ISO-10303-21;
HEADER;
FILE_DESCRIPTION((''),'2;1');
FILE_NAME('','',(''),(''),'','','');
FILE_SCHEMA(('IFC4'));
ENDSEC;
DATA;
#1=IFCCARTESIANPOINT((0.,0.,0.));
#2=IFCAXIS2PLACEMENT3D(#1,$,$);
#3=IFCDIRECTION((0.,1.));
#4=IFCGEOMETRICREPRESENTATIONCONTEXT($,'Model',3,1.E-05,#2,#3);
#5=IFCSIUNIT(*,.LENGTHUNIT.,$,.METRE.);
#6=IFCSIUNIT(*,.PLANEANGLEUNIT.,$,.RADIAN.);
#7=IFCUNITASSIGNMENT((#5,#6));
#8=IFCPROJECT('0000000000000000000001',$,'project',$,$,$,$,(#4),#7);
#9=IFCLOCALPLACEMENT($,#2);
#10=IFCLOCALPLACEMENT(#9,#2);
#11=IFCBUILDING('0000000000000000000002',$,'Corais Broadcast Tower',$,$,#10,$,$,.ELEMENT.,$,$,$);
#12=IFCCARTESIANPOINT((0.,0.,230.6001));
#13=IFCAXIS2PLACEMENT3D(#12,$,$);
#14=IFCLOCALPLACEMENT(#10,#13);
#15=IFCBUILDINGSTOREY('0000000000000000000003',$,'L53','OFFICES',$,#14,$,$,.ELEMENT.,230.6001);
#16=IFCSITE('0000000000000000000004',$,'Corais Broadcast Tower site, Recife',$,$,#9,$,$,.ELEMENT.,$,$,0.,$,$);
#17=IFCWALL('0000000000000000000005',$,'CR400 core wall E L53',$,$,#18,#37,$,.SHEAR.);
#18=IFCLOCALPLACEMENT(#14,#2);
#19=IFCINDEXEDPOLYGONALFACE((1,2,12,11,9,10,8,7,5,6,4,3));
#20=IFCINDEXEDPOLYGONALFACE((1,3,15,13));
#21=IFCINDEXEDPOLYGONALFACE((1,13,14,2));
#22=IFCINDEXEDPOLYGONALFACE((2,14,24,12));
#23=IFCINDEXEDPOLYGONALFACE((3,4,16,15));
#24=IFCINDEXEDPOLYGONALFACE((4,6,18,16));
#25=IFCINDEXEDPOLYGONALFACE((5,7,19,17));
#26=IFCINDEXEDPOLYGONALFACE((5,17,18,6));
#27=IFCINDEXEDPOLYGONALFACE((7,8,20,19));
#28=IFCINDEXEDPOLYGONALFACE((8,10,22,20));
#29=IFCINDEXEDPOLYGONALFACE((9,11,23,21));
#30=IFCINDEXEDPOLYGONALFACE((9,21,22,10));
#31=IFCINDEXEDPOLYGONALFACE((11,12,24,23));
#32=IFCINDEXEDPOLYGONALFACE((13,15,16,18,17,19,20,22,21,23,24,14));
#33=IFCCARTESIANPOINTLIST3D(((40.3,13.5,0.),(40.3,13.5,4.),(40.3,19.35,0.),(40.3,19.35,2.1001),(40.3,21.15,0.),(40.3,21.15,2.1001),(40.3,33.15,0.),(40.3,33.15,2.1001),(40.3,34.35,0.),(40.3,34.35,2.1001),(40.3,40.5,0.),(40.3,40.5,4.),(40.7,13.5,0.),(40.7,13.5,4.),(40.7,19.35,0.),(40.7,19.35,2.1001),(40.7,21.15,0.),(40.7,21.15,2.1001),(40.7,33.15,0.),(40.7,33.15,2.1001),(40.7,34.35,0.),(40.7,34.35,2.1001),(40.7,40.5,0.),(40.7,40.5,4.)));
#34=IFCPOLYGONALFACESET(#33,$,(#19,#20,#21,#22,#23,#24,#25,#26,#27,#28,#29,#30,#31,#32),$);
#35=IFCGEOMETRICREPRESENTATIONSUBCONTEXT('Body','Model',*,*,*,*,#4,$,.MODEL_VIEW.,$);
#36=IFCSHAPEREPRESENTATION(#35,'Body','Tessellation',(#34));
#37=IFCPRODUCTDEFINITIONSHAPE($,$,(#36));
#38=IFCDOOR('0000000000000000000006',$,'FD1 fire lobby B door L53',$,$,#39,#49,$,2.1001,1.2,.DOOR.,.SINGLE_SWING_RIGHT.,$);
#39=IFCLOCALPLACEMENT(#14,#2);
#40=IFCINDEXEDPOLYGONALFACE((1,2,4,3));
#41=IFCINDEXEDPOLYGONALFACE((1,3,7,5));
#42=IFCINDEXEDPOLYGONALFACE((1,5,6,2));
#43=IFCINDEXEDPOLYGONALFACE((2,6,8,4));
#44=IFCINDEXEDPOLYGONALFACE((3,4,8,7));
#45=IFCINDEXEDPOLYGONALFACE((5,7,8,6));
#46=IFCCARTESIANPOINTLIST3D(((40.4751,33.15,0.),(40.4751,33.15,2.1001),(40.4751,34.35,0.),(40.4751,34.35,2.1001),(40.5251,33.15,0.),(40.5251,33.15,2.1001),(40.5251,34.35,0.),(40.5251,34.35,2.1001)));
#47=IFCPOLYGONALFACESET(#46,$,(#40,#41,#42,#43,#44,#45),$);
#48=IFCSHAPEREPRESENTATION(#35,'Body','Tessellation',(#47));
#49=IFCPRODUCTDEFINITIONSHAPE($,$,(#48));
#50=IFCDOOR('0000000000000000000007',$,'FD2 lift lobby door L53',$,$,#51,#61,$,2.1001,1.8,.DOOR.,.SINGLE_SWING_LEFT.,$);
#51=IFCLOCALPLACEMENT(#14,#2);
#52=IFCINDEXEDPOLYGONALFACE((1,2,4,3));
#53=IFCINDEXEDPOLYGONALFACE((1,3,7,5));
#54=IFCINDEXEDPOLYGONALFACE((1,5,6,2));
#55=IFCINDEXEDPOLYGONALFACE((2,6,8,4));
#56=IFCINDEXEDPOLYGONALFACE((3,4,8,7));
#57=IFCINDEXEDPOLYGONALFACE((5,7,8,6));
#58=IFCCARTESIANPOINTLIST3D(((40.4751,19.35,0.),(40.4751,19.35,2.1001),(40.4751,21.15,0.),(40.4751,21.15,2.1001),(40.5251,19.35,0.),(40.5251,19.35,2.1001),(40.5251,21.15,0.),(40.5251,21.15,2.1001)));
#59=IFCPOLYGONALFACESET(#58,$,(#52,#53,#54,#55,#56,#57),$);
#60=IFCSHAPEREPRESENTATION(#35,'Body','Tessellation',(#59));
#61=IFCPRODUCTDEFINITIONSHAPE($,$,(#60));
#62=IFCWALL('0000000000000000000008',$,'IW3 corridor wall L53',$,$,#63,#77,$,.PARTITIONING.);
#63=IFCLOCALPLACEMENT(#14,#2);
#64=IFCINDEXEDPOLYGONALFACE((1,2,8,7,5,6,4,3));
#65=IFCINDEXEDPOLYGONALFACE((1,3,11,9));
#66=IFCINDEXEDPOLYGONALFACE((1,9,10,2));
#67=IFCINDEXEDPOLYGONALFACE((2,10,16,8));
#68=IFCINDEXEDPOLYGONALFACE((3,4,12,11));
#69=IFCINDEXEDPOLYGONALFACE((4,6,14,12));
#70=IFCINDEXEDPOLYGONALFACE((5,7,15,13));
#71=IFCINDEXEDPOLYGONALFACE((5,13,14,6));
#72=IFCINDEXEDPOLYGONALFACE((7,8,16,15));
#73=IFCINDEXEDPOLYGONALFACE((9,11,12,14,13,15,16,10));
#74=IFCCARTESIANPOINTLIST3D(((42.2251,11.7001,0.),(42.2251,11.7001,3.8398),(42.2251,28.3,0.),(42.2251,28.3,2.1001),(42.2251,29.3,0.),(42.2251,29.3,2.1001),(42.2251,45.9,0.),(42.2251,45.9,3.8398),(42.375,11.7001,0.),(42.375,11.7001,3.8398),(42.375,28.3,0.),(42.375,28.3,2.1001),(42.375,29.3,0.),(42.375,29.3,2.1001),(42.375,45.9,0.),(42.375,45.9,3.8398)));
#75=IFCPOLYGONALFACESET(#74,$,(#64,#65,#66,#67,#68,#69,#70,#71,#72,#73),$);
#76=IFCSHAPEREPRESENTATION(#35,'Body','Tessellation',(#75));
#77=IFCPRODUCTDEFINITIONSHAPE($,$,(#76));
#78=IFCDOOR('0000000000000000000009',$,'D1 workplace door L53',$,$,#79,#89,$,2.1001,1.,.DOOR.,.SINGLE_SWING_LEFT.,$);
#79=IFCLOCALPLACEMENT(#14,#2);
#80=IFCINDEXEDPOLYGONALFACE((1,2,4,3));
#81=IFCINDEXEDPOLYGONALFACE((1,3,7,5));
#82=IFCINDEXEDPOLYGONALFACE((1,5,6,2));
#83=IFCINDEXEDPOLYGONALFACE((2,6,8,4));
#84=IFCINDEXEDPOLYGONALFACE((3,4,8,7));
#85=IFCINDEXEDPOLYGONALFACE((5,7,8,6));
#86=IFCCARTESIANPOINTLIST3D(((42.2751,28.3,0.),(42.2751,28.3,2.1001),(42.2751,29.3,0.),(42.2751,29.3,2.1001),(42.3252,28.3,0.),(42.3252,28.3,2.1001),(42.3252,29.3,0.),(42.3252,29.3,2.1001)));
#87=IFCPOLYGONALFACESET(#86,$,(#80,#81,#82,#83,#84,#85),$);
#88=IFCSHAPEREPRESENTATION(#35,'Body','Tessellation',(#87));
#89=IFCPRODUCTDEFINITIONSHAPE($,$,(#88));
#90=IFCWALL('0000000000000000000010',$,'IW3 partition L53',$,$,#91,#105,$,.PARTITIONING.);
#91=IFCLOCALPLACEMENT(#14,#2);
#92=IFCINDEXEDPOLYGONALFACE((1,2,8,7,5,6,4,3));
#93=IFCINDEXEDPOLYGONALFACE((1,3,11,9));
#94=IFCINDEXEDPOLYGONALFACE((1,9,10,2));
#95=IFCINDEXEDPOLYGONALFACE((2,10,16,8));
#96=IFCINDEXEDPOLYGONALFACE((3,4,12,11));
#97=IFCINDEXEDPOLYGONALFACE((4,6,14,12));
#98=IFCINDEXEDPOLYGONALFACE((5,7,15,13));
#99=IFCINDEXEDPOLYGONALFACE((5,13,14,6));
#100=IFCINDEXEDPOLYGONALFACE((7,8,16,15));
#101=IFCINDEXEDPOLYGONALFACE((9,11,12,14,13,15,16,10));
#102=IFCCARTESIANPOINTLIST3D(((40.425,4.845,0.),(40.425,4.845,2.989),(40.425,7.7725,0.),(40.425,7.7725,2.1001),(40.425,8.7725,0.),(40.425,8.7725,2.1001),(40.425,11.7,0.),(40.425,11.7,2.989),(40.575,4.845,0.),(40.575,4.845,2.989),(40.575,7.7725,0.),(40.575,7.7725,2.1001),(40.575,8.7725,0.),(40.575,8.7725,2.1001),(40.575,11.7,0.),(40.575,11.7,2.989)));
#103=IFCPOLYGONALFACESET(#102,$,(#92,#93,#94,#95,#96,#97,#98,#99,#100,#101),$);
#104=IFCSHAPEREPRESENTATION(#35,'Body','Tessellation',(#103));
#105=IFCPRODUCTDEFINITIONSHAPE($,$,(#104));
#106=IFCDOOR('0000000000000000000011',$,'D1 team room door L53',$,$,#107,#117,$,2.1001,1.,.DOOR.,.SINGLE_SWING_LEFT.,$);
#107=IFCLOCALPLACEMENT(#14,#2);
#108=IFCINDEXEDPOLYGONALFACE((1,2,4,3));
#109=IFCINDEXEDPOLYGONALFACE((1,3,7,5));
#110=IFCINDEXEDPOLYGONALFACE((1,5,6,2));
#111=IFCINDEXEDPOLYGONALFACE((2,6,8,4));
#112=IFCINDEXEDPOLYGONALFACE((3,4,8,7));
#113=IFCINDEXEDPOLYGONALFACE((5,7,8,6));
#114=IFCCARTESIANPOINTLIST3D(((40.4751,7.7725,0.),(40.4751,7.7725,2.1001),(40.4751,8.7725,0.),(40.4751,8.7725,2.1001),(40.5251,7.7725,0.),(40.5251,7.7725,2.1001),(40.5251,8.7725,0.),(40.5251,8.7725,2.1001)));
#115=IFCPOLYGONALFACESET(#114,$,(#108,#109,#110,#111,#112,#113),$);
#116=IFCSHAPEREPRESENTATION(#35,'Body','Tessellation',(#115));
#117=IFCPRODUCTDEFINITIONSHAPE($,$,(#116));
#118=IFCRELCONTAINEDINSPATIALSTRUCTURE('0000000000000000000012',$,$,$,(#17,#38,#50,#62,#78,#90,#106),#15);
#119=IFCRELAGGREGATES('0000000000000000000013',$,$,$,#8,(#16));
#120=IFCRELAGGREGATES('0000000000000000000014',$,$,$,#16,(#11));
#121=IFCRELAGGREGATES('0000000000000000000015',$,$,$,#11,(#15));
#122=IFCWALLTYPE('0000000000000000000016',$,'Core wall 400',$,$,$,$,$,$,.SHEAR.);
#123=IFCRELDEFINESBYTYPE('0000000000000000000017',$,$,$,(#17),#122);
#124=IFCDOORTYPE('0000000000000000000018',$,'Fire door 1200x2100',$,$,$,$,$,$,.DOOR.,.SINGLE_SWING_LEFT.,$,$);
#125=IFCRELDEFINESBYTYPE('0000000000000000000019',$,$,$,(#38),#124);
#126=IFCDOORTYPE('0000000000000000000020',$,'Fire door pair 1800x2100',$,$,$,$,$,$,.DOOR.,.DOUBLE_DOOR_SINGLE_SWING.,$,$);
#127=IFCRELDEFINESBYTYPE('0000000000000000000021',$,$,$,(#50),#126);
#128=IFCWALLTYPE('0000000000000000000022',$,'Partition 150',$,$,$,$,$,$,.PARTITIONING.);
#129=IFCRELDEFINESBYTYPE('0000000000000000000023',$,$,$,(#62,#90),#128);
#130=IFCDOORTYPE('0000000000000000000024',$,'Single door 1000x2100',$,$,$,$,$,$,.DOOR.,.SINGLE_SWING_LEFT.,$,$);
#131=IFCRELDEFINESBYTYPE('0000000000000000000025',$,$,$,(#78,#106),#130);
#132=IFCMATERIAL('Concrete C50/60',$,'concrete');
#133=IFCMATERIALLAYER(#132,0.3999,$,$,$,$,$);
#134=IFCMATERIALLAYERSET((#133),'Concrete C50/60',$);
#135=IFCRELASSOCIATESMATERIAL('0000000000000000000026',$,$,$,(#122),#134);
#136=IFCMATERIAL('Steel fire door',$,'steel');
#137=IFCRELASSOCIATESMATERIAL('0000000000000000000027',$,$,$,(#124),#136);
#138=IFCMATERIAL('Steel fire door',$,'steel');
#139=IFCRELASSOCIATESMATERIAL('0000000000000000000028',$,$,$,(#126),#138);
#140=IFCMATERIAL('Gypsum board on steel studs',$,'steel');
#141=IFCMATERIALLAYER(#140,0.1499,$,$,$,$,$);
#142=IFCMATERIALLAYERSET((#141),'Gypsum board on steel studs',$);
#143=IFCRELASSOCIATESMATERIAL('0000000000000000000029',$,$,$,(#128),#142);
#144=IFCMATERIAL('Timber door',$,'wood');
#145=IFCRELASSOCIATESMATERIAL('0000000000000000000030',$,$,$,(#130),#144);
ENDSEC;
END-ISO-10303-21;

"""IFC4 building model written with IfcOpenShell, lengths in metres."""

from ifc_helpers import new_model, si_unit, direction, frame, frame_2d, origin, place, context, subcontext, project, spatial, rectangle, extrude, material, layer, layer_set, type_object, element, fill, save


model = new_model("IFC4")

# Units and contexts
model_context = context("Model", 3, precision=1e-05, world=origin(), true_north=direction((0.0, 1.0)))
body_context = subcontext(model_context, "Body", "Model", "MODEL_VIEW")
ifc_project = project(units=[si_unit("LENGTHUNIT", "METRE"), si_unit("PLANEANGLEUNIT", "RADIAN")], contexts=[model_context])

# Site, building, storey
site_placement = place(None, origin())
site = spatial("IfcSite", under=ifc_project, at=site_placement, Name="Corais Broadcast Tower site, Recife", CompositionType="ELEMENT", RefElevation=0.0)
building_placement = place(site_placement, origin())
building = spatial("IfcBuilding", under=site, at=building_placement, Name="Corais Broadcast Tower", CompositionType="ELEMENT")
storey_placement = place(building_placement, frame((0.0, 0.0, 230.6001)))
storey = spatial("IfcBuildingStorey", under=building, at=storey_placement, Name="L53", Description="OFFICES", CompositionType="ELEMENT", Elevation=230.6001)

# Wall, openings, doors
ifc_material_1 = material(Name="Concrete C50/60", Category="concrete")
ifc_layer_1 = layer(ifc_material_1, 0.3999)
ifc_layer_set_1 = layer_set([ifc_layer_1], Name="Concrete C50/60")
wall_type_1 = type_object("IfcWallType", Name="Core wall 400", PredefinedType="SHEAR", material=ifc_layer_set_1)
wall_1_placement = place(storey_placement, frame((40.5, 13.5, 0.0), z_axis=(0.0, 0.0, 1.0), x_axis=(0.0, 1.0, 0.0)))
wall_1 = element("IfcWall", 1, at=wall_1_placement, inside=storey, type_object=wall_type_1, Name="CR400 core wall E L53", PredefinedType="SHEAR", context=body_context, shape_type="SweptSolid", body=[
    extrude(rectangle(XDim=27.0, YDim=0.3999, at=frame_2d((13.5, 0.0))), origin(), (0.0, 0.0, 1.0), 4.0),
])
opening_1_placement = place(wall_1_placement, frame((5.8501, 0.0, 0.0)))
opening_1 = element("IfcOpeningElement", 2, at=opening_1_placement, cuts=wall_1, PredefinedType="OPENING", context=body_context, shape_type="SweptSolid", body=[
    extrude(rectangle(XDim=1.8, YDim=2.1001, at=frame_2d((0.8999, 1.05))), frame((0.0, 0.21, 0.0), z_axis=(0.0, -1.0, 0.0), x_axis=(1.0, 0.0, 0.0)), (0.0, 0.0, 1.0), 0.4199),
])
opening_2_placement = place(wall_1_placement, frame((19.6499, 0.0, 0.0)))
opening_2 = element("IfcOpeningElement", 3, at=opening_2_placement, cuts=wall_1, PredefinedType="OPENING", context=body_context, shape_type="SweptSolid", body=[
    extrude(rectangle(XDim=1.2, YDim=2.1001, at=frame_2d((0.6001, 1.05))), frame((0.0, 0.21, 0.0), z_axis=(0.0, -1.0, 0.0), x_axis=(1.0, 0.0, 0.0)), (0.0, 0.0, 1.0), 0.4199),
])
ifc_material_2 = material(Name="Steel fire door", Category="steel")
door_type_1 = type_object("IfcDoorType", Name="Fire door 1200x2100", OperationType="SINGLE_SWING_LEFT", PredefinedType="DOOR", material=ifc_material_2)
door_1_placement = place(opening_2_placement, origin())
door_1 = element("IfcDoor", 4, at=door_1_placement, inside=storey, type_object=door_type_1, Name="FD1 fire lobby B door L53", OperationType="SINGLE_SWING_RIGHT", OverallHeight=2.1001, OverallWidth=1.2, PredefinedType="DOOR", context=body_context, shape_type="SweptSolid", body=[
    extrude(rectangle(XDim=1.2, YDim=2.1001, at=frame_2d((0.6001, 1.05))), frame((0.0, 0.0249, 0.0), z_axis=(0.0, -1.0, 0.0), x_axis=(1.0, 0.0, 0.0)), (0.0, 0.0, 1.0), 0.05),
])
fill(opening_2, door_1)
ifc_material_3 = material(Name="Steel fire door", Category="steel")
door_type_2 = type_object("IfcDoorType", Name="Fire door pair 1800x2100", OperationType="DOUBLE_DOOR_SINGLE_SWING", PredefinedType="DOOR", material=ifc_material_3)
door_2_placement = place(opening_1_placement, origin())
door_2 = element("IfcDoor", 5, at=door_2_placement, inside=storey, type_object=door_type_2, Name="FD2 lift lobby door L53", OperationType="SINGLE_SWING_LEFT", OverallHeight=2.1001, OverallWidth=1.8, PredefinedType="DOOR", context=body_context, shape_type="SweptSolid", body=[
    extrude(rectangle(XDim=1.8, YDim=2.1001, at=frame_2d((0.8999, 1.05))), frame((0.0, 0.0249, 0.0), z_axis=(0.0, -1.0, 0.0), x_axis=(1.0, 0.0, 0.0)), (0.0, 0.0, 1.0), 0.05),
])
fill(opening_1, door_2)

# Walls, openings, doors
ifc_material_4 = material(Name="Gypsum board on steel studs", Category="steel")
ifc_layer_2 = layer(ifc_material_4, 0.1499)
ifc_layer_set_2 = layer_set([ifc_layer_2], Name="Gypsum board on steel studs")
wall_type_2 = type_object("IfcWallType", Name="Partition 150", PredefinedType="PARTITIONING", material=ifc_layer_set_2)
wall_2_placement = place(storey_placement, frame((42.3, 11.7, 0.0), z_axis=(0.0, 0.0, 1.0), x_axis=(0.0, 1.0, 0.0)))
wall_2 = element("IfcWall", 6, at=wall_2_placement, inside=storey, type_object=wall_type_2, Name="IW3 corridor wall L53", PredefinedType="PARTITIONING", context=body_context, shape_type="SweptSolid", body=[
    extrude(rectangle(XDim=34.2, YDim=0.1499, at=frame_2d((17.1001, 0.0))), origin(), (0.0, 0.0, 1.0), 3.8398),
])
opening_3_placement = place(wall_2_placement, frame((16.6001, 0.0, 0.0)))
opening_3 = element("IfcOpeningElement", 7, at=opening_3_placement, cuts=wall_2, PredefinedType="OPENING", context=body_context, shape_type="SweptSolid", body=[
    extrude(rectangle(XDim=1.0, YDim=2.1001, at=frame_2d((0.5, 1.05))), frame((0.0, 0.085, 0.0), z_axis=(0.0, -1.0, 0.0), x_axis=(1.0, 0.0, 0.0)), (0.0, 0.0, 1.0), 0.1699),
])
ifc_material_5 = material(Name="Timber door", Category="wood")
door_type_3 = type_object("IfcDoorType", Name="Single door 1000x2100", OperationType="SINGLE_SWING_LEFT", PredefinedType="DOOR", material=ifc_material_5)
door_3_placement = place(opening_3_placement, origin())
door_3 = element("IfcDoor", 8, at=door_3_placement, inside=storey, type_object=door_type_3, Name="D1 workplace door L53", OperationType="SINGLE_SWING_LEFT", OverallHeight=2.1001, OverallWidth=1.0, PredefinedType="DOOR", context=body_context, shape_type="SweptSolid", body=[
    extrude(rectangle(XDim=1.0, YDim=2.1001, at=frame_2d((0.5, 1.05))), frame((0.0, 0.0249, 0.0), z_axis=(0.0, -1.0, 0.0), x_axis=(1.0, 0.0, 0.0)), (0.0, 0.0, 1.0), 0.05),
])
fill(opening_3, door_3)
wall_3_placement = place(storey_placement, frame((40.5, 4.845, 0.0), z_axis=(0.0, 0.0, 1.0), x_axis=(0.0, 1.0, 0.0)))
wall_3 = element("IfcWall", 9, at=wall_3_placement, inside=storey, type_object=wall_type_2, Name="IW3 partition L53", PredefinedType="PARTITIONING", context=body_context, shape_type="SweptSolid", body=[
    extrude(rectangle(XDim=6.855, YDim=0.1499, at=frame_2d((3.4275, 0.0))), origin(), (0.0, 0.0, 1.0), 2.989),
])
opening_4_placement = place(wall_3_placement, frame((2.9275, 0.0, 0.0)))
opening_4 = element("IfcOpeningElement", 10, at=opening_4_placement, cuts=wall_3, PredefinedType="OPENING", context=body_context, shape_type="SweptSolid", body=[
    extrude(rectangle(XDim=1.0, YDim=2.1001, at=frame_2d((0.5, 1.05))), frame((0.0, 0.085, 0.0), z_axis=(0.0, -1.0, 0.0), x_axis=(1.0, 0.0, 0.0)), (0.0, 0.0, 1.0), 0.1699),
])
door_4_placement = place(opening_4_placement, origin())
door_4 = element("IfcDoor", 11, at=door_4_placement, inside=storey, type_object=door_type_3, Name="D1 team room door L53", OperationType="SINGLE_SWING_LEFT", OverallHeight=2.1001, OverallWidth=1.0, PredefinedType="DOOR", context=body_context, shape_type="SweptSolid", body=[
    extrude(rectangle(XDim=1.0, YDim=2.1001, at=frame_2d((0.5, 1.05))), frame((0.0, 0.0249, 0.0), z_axis=(0.0, -1.0, 0.0), x_axis=(1.0, 0.0, 0.0)), (0.0, 0.0, 1.0), 0.05),
])
fill(opening_4, door_4)

save(model, "model.ifc")
